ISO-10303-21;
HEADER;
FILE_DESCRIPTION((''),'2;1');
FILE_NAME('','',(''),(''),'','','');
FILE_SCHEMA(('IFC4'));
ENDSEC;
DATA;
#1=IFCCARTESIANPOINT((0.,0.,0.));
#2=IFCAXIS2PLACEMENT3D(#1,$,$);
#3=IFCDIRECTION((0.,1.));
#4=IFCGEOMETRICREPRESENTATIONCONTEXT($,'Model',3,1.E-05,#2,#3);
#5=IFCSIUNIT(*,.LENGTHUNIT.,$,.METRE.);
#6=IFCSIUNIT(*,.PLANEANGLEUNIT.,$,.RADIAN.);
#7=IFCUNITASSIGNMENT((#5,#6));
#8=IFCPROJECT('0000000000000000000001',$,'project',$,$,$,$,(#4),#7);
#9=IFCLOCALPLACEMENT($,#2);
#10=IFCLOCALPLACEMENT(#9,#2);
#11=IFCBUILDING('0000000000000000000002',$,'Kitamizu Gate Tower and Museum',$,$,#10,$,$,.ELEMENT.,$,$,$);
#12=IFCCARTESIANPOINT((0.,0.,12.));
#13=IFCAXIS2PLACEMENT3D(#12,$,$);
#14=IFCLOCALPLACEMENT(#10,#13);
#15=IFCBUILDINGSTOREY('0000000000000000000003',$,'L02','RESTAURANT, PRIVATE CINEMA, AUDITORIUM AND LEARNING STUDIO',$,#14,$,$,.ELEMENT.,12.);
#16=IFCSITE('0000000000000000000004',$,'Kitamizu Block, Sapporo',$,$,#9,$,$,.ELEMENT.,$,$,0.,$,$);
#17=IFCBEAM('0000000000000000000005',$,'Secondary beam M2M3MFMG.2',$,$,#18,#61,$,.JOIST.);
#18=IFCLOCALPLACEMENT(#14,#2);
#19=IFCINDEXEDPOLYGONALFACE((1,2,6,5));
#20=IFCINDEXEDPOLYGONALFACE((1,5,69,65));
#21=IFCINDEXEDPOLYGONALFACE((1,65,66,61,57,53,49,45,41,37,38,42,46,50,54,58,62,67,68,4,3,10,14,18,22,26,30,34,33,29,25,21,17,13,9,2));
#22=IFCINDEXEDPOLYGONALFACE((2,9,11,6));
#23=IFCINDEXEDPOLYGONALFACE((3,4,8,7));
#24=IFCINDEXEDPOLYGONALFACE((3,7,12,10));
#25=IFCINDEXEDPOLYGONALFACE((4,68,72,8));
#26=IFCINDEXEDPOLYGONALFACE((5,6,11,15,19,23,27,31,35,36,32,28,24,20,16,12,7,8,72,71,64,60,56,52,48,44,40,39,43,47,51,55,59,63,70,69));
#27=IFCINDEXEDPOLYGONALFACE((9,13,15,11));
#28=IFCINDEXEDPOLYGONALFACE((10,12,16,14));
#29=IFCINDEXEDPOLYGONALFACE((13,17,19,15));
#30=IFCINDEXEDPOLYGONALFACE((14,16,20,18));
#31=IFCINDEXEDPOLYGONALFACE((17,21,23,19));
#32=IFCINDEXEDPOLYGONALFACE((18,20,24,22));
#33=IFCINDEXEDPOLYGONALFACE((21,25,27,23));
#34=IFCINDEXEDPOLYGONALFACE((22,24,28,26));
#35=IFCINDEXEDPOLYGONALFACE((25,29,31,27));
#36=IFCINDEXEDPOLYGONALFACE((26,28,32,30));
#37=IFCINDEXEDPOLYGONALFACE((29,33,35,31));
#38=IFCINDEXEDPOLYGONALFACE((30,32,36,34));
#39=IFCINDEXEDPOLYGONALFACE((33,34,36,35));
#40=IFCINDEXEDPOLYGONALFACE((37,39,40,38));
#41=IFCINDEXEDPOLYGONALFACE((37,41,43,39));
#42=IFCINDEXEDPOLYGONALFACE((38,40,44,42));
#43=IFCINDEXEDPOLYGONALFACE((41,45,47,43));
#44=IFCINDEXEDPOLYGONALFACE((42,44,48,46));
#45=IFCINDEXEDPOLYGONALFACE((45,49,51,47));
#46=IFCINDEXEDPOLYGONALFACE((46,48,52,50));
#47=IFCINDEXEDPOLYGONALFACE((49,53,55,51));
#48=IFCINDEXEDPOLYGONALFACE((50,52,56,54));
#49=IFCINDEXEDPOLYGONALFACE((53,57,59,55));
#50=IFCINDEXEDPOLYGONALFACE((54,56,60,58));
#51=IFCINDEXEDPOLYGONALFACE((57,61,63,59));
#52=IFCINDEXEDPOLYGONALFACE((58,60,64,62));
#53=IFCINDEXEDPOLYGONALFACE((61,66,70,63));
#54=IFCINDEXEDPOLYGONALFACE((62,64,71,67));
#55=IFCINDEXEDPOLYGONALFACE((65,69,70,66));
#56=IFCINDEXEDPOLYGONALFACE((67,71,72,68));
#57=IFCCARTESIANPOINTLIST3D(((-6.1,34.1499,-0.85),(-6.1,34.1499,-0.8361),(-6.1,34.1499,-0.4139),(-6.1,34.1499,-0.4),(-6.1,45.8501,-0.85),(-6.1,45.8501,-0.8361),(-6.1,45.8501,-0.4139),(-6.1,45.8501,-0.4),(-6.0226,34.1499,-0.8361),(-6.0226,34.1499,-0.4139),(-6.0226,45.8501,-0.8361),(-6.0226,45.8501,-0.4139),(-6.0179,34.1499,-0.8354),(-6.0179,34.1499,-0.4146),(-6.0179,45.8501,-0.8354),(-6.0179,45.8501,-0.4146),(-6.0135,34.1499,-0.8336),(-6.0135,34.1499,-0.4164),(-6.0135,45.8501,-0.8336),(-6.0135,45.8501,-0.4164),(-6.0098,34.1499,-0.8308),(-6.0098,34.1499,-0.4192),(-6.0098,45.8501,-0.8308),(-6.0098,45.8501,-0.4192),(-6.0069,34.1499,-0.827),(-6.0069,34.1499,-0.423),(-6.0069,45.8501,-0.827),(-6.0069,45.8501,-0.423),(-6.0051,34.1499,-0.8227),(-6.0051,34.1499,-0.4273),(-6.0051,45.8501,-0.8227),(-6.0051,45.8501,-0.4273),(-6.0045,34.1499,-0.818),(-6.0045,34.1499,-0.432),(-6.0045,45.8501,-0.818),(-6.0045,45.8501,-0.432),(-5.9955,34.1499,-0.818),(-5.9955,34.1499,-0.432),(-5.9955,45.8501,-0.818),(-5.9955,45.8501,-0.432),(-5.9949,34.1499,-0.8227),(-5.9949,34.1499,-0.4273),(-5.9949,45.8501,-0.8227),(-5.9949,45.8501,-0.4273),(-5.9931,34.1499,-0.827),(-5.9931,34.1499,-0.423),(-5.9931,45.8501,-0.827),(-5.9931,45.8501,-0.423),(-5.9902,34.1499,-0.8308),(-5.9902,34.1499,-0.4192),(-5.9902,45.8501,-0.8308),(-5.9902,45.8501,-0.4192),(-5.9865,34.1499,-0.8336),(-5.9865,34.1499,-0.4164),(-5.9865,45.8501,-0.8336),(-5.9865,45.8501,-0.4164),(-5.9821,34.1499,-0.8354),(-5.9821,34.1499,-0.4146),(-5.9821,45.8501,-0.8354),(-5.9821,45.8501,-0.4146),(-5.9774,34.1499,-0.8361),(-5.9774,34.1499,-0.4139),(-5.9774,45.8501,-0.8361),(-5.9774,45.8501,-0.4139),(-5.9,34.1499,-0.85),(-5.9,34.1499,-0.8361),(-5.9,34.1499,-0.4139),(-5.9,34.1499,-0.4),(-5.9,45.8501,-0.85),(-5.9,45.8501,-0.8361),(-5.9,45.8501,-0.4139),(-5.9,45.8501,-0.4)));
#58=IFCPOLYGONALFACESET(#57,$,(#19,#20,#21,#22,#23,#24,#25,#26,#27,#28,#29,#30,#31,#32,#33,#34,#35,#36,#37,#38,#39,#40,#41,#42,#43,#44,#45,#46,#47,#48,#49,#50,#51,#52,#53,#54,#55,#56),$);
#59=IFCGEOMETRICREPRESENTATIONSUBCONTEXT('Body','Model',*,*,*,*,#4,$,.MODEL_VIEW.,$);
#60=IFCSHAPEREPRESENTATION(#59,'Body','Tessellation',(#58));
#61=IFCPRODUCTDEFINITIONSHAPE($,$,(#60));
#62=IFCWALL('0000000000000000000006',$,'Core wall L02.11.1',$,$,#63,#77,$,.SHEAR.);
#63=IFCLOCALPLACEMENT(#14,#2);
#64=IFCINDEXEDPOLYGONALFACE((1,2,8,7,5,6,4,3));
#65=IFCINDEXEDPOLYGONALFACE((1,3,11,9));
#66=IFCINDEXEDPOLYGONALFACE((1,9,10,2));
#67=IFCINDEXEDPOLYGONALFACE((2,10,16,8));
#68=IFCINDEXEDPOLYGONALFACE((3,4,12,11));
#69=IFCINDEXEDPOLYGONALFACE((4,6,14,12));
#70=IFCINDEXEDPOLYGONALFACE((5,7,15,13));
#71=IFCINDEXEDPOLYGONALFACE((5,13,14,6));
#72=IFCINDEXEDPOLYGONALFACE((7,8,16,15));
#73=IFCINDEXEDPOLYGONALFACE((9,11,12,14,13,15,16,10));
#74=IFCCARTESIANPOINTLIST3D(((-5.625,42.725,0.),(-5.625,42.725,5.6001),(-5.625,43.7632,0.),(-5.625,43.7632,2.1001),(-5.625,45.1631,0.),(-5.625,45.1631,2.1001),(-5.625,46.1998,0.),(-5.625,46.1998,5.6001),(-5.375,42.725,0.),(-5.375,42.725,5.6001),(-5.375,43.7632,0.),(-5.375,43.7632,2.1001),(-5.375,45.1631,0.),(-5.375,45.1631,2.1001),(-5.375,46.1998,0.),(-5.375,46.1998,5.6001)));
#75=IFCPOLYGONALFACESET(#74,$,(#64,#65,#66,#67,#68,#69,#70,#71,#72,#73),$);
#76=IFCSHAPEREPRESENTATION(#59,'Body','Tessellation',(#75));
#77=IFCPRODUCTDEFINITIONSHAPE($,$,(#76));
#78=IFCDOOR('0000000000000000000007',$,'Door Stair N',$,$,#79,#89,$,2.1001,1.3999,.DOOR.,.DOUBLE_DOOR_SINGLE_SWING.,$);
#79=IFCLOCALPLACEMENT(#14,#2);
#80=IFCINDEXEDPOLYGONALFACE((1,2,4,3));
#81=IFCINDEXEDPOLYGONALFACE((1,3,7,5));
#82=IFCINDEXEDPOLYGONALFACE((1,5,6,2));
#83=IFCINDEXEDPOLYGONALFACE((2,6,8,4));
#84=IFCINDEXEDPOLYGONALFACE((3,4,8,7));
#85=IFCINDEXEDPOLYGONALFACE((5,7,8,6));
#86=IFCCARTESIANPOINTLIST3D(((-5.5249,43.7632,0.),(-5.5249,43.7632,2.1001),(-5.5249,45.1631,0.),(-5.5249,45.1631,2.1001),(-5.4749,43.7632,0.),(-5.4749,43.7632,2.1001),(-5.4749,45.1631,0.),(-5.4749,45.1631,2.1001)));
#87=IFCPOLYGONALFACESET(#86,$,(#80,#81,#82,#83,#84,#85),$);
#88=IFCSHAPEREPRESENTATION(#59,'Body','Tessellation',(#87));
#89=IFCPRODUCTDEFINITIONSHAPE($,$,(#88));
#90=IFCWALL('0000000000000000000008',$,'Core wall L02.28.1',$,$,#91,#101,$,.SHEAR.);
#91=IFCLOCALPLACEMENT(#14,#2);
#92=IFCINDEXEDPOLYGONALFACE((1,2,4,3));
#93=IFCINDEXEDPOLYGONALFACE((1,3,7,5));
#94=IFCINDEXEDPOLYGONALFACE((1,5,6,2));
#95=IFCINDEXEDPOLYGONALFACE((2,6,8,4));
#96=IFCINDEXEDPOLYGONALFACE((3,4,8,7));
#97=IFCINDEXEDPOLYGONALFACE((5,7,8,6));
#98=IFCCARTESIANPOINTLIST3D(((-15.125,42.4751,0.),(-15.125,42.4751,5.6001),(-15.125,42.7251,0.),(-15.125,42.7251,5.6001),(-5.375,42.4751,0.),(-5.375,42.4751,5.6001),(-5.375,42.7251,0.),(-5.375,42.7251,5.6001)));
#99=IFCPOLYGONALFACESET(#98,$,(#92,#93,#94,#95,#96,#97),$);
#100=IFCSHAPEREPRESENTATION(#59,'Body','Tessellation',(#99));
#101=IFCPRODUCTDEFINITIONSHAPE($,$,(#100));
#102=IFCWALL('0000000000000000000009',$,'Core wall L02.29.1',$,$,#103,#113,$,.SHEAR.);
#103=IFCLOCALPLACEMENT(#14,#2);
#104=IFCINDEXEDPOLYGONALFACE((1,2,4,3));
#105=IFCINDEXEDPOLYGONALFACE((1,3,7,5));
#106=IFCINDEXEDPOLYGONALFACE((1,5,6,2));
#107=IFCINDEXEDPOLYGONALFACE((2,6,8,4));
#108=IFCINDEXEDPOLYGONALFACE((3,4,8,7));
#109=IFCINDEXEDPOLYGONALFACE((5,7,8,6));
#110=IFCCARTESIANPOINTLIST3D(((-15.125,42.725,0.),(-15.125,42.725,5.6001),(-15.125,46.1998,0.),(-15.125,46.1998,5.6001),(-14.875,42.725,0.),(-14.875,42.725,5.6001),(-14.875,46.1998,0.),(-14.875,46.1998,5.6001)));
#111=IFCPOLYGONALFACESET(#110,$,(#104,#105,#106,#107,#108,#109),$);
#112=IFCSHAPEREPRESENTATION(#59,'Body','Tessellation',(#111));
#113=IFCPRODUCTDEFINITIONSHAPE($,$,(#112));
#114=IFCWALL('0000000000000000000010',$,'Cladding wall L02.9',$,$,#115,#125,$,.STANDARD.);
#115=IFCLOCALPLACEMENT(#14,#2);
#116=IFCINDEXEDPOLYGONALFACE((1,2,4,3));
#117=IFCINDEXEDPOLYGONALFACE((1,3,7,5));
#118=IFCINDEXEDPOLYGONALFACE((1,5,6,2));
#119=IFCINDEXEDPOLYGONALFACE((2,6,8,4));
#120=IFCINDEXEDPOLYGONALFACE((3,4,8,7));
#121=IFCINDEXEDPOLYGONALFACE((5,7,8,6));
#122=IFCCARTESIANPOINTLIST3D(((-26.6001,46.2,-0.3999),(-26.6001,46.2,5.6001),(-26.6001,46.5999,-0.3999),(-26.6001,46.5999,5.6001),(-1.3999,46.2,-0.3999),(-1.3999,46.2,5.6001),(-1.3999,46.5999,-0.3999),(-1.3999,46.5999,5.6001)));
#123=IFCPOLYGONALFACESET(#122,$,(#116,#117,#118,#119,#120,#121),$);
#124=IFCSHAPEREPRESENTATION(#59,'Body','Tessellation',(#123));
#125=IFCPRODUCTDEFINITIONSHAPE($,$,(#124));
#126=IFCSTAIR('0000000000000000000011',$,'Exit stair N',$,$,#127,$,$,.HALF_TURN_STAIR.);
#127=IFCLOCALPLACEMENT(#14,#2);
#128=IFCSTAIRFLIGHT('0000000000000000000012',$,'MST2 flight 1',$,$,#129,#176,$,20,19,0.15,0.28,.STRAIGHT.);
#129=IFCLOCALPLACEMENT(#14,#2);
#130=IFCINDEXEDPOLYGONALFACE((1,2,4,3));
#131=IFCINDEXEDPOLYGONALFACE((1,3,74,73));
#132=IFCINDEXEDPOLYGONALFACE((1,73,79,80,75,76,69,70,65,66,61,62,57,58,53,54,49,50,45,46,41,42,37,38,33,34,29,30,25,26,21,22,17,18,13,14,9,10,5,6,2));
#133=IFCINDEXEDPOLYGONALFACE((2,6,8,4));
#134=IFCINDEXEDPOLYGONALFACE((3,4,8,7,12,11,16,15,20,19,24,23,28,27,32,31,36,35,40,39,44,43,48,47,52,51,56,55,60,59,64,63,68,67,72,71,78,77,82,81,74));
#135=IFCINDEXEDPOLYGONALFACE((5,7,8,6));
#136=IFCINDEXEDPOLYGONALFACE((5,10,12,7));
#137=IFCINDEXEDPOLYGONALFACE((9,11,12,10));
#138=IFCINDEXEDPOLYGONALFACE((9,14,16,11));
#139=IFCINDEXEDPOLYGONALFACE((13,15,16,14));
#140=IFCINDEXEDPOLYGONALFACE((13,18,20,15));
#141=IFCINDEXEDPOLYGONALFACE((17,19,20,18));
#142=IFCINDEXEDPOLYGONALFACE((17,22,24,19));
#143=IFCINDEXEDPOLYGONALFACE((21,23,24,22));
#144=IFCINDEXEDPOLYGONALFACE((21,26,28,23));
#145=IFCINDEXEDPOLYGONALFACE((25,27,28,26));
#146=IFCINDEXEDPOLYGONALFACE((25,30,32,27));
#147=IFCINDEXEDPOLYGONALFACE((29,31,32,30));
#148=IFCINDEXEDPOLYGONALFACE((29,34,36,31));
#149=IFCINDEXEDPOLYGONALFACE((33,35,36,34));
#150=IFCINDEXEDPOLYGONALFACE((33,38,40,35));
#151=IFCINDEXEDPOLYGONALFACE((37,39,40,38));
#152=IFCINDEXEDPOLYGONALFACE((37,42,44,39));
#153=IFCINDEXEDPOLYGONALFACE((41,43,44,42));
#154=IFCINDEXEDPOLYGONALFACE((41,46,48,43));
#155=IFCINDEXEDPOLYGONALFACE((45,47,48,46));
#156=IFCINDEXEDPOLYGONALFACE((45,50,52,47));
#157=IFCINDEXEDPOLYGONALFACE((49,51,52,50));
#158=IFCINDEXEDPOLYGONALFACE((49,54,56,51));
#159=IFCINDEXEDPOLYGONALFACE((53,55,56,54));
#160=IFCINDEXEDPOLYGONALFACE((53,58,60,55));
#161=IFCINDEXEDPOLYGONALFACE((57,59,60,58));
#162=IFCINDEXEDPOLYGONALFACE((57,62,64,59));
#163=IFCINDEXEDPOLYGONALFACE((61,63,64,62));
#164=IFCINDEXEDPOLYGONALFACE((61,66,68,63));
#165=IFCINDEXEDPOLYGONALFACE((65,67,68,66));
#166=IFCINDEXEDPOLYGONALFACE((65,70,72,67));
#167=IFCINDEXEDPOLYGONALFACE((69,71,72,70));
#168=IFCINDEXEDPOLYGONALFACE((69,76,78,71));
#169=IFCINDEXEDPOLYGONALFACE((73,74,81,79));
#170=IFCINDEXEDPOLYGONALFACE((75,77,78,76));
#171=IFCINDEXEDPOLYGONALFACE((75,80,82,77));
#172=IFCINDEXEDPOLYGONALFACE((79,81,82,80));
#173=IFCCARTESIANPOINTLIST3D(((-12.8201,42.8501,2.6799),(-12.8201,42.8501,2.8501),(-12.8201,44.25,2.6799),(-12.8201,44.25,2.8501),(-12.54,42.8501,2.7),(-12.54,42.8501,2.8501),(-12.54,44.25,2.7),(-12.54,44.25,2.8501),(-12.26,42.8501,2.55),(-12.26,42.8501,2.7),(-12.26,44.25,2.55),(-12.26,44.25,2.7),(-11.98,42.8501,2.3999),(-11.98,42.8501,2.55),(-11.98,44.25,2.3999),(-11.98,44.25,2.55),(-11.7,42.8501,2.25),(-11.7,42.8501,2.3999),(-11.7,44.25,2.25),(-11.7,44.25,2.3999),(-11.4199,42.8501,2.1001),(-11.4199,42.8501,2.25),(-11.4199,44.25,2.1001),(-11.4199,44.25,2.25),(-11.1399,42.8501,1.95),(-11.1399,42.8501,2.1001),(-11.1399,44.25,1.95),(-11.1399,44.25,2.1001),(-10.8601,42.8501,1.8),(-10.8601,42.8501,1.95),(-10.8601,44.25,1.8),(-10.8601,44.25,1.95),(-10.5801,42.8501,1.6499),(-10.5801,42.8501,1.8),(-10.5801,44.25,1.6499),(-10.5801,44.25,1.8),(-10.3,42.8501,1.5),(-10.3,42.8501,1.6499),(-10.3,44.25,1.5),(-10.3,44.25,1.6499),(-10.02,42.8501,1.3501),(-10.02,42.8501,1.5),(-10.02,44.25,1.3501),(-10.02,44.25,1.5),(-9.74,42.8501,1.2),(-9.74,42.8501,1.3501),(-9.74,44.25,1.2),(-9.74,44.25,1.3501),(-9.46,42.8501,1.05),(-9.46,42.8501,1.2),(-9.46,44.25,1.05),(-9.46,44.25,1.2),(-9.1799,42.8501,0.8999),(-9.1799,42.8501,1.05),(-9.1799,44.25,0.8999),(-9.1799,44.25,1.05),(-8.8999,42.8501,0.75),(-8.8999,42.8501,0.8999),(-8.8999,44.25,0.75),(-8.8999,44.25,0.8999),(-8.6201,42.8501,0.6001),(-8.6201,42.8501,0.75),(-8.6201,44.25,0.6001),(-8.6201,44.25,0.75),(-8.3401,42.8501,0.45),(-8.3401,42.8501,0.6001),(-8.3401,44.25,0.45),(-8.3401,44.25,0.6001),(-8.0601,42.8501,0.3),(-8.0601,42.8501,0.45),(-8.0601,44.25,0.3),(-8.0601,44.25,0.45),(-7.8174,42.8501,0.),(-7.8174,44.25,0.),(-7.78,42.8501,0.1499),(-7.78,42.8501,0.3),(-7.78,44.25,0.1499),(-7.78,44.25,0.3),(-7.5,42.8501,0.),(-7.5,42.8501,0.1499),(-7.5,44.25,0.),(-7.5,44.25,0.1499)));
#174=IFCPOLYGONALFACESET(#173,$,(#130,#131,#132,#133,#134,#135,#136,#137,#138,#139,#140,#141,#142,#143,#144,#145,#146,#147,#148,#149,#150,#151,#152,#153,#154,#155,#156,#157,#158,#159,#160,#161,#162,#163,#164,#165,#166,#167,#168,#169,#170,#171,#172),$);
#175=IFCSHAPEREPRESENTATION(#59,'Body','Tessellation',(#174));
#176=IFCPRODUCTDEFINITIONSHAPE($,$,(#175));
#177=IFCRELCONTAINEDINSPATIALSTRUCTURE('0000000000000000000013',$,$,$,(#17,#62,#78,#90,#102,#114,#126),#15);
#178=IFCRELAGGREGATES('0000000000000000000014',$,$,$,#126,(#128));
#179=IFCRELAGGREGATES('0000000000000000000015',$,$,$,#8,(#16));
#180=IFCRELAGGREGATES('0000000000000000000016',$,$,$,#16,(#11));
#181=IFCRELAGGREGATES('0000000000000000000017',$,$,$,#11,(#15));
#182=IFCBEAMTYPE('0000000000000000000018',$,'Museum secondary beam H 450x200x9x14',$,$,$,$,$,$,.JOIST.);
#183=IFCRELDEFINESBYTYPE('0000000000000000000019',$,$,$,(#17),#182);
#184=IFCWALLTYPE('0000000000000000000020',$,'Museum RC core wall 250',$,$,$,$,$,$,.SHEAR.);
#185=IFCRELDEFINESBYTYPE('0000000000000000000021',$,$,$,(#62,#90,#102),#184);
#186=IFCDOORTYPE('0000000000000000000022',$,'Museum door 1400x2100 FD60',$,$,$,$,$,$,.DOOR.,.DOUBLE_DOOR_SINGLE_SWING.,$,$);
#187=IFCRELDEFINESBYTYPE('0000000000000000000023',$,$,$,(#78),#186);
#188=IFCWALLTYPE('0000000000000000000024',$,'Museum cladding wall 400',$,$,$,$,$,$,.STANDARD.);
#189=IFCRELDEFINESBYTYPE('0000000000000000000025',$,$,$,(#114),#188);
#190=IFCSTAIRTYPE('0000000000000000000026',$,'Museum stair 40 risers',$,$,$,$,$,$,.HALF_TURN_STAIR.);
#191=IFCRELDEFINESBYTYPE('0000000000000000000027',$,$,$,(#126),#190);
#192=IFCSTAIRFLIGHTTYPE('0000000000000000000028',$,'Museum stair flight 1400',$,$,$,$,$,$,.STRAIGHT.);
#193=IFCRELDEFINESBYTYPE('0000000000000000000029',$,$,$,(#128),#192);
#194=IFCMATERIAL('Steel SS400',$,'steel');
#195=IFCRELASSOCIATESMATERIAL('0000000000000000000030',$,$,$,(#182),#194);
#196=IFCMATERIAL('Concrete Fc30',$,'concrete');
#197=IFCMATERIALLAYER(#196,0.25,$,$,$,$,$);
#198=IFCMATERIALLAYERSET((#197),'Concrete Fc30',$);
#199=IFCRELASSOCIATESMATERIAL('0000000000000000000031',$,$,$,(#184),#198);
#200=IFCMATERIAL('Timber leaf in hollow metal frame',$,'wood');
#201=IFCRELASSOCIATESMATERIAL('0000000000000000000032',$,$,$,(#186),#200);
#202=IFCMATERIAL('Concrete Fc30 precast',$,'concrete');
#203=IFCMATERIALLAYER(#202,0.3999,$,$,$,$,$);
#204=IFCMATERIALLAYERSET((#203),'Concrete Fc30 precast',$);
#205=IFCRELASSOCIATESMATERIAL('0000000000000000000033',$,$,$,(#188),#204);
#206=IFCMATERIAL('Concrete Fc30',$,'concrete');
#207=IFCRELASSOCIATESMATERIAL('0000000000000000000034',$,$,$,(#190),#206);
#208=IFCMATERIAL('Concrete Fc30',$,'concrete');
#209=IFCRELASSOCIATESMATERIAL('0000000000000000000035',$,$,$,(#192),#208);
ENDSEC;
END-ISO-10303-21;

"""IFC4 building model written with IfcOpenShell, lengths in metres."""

from ifc_helpers import new_model, si_unit, direction, frame, frame_2d, origin, origin_2d, place, context, subcontext, project, spatial, polyline, rectangle, i_section, outline, extrude, material, layer, layer_set, material_profile, profile_set, type_object, element, fill, aggregate, save


model = new_model("IFC4")

# Units and contexts
model_context = context("Model", 3, precision=1e-05, world=origin(), true_north=direction((0.0, 1.0)))
body_context = subcontext(model_context, "Body", "Model", "MODEL_VIEW")
ifc_project = project(units=[si_unit("LENGTHUNIT", "METRE"), si_unit("PLANEANGLEUNIT", "RADIAN")], contexts=[model_context])

# Site, building, storey
site_placement = place(None, origin())
site = spatial("IfcSite", under=ifc_project, at=site_placement, Name="Kitamizu Block, Sapporo", CompositionType="ELEMENT", RefElevation=0.0)
building_placement = place(site_placement, origin())
building = spatial("IfcBuilding", under=site, at=building_placement, Name="Kitamizu Gate Tower and Museum", CompositionType="ELEMENT")
storey_placement = place(building_placement, frame((0.0, 0.0, 12.0)))
storey = spatial("IfcBuildingStorey", under=building, at=storey_placement, Name="L02", Description="RESTAURANT, PRIVATE CINEMA, AUDITORIUM AND LEARNING STUDIO", CompositionType="ELEMENT", Elevation=12.0)

# Beam
ifc_material_1 = material(Name="Steel SS400", Category="steel")
ifc_material_profile_1 = material_profile(ifc_material_1, i_section(OverallWidth=0.2, OverallDepth=0.45, WebThickness=0.009, FlangeThickness=0.0139, FilletRadius=0.0181, at=origin_2d()), Name="H-450x200x9x14")
ifc_profile_set_1 = profile_set([ifc_material_profile_1], Name="Steel SS400")
beam_type_1 = type_object("IfcBeamType", Name="Museum secondary beam H 450x200x9x14", PredefinedType="JOIST", material=ifc_profile_set_1)
beam_1_placement = place(storey_placement, frame((-6.0, 34.1499, -0.625), z_axis=(0.0, 1.0, 0.0), x_axis=(-1.0, 0.0, 0.0)))
element("IfcBeam", 1, at=beam_1_placement, inside=storey, type_object=beam_type_1, Name="Secondary beam M2M3MFMG.2", PredefinedType="JOIST", context=body_context, shape_type="SweptSolid", body=[
    extrude(i_section(OverallWidth=0.2, OverallDepth=0.45, WebThickness=0.009, FlangeThickness=0.0139, FilletRadius=0.0181, at=origin_2d()), origin(), (0.0, 0.0, 1.0), 11.7002),
])

# Wall, opening, door
ifc_material_2 = material(Name="Concrete Fc30", Category="concrete")
ifc_layer_1 = layer(ifc_material_2, 0.25)
ifc_layer_set_1 = layer_set([ifc_layer_1], Name="Concrete Fc30")
wall_type_1 = type_object("IfcWallType", Name="Museum RC core wall 250", PredefinedType="SHEAR", material=ifc_layer_set_1)
wall_1_placement = place(storey_placement, frame((-5.5, 42.7251, 0.0), z_axis=(0.0, 0.0, 1.0), x_axis=(0.0, 1.0, 0.0)))
wall_1 = element("IfcWall", 2, at=wall_1_placement, inside=storey, type_object=wall_type_1, Name="Core wall L02.11.1", PredefinedType="SHEAR", context=body_context, shape_type="SweptSolid", body=[
    extrude(rectangle(XDim=3.4749, YDim=0.25, at=frame_2d((1.7373, 0.0))), origin(), (0.0, 0.0, 1.0), 5.6001),
])
opening_placement = place(wall_1_placement, frame((1.0381, 0.0, 0.0)))
opening = element("IfcOpeningElement", 3, at=opening_placement, cuts=wall_1, PredefinedType="OPENING", context=body_context, shape_type="SweptSolid", body=[
    extrude(rectangle(XDim=1.3999, YDim=2.1001, at=frame_2d((0.7, 1.05))), frame((0.0, 0.135, 0.0), z_axis=(0.0, -1.0, 0.0), x_axis=(1.0, 0.0, 0.0)), (0.0, 0.0, 1.0), 0.27),
])
ifc_material_3 = material(Name="Timber leaf in hollow metal frame", Category="wood")
door_type = type_object("IfcDoorType", Name="Museum door 1400x2100 FD60", OperationType="DOUBLE_DOOR_SINGLE_SWING", PredefinedType="DOOR", material=ifc_material_3)
door_placement = place(opening_placement, origin())
door = element("IfcDoor", 4, at=door_placement, inside=storey, type_object=door_type, Name="Door Stair N", OperationType="DOUBLE_DOOR_SINGLE_SWING", OverallHeight=2.1001, OverallWidth=1.3999, PredefinedType="DOOR", context=body_context, shape_type="SweptSolid", body=[
    extrude(rectangle(XDim=1.3999, YDim=2.1001, at=frame_2d((0.7, 1.05))), frame((0.0, 0.0249, 0.0), z_axis=(0.0, -1.0, 0.0), x_axis=(1.0, 0.0, 0.0)), (0.0, 0.0, 1.0), 0.05),
])
fill(opening, door)

# Walls
wall_2_placement = place(storey_placement, frame((-15.125, 42.6001, 0.0), z_axis=(0.0, 0.0, 1.0), x_axis=(1.0, 0.0, 0.0)))
element("IfcWall", 5, at=wall_2_placement, inside=storey, type_object=wall_type_1, Name="Core wall L02.28.1", PredefinedType="SHEAR", context=body_context, shape_type="SweptSolid", body=[
    extrude(rectangle(XDim=9.75, YDim=0.25, at=frame_2d((4.875, 0.0))), origin(), (0.0, 0.0, 1.0), 5.6001),
])
wall_3_placement = place(storey_placement, frame((-15.0, 42.7251, 0.0), z_axis=(0.0, 0.0, 1.0), x_axis=(0.0, 1.0, 0.0)))
element("IfcWall", 6, at=wall_3_placement, inside=storey, type_object=wall_type_1, Name="Core wall L02.29.1", PredefinedType="SHEAR", context=body_context, shape_type="SweptSolid", body=[
    extrude(rectangle(XDim=3.4749, YDim=0.25, at=frame_2d((1.7373, 0.0))), origin(), (0.0, 0.0, 1.0), 5.6001),
])
ifc_material_4 = material(Name="Concrete Fc30 precast", Category="concrete")
ifc_layer_2 = layer(ifc_material_4, 0.3999)
ifc_layer_set_2 = layer_set([ifc_layer_2], Name="Concrete Fc30 precast")
wall_type_2 = type_object("IfcWallType", Name="Museum cladding wall 400", PredefinedType="STANDARD", material=ifc_layer_set_2)
wall_4_placement = place(storey_placement, frame((-26.6001, 46.3999, -0.3999), z_axis=(0.0, 0.0, 1.0), x_axis=(1.0, 0.0, 0.0)))
element("IfcWall", 7, at=wall_4_placement, inside=storey, type_object=wall_type_2, Name="Cladding wall L02.9", PredefinedType="STANDARD", context=body_context, shape_type="SweptSolid", body=[
    extrude(rectangle(XDim=25.2002, YDim=0.3999, at=frame_2d((12.6001, 0.0))), origin(), (0.0, 0.0, 1.0), 6.0),
])

# Stair, stair flight
ifc_material_5 = material(Name="Concrete Fc30", Category="concrete")
stair_type = type_object("IfcStairType", Name="Museum stair 40 risers", PredefinedType="HALF_TURN_STAIR", material=ifc_material_5)
stair_placement = place(storey_placement, origin())
stair = element("IfcStair", 8, at=stair_placement, inside=storey, type_object=stair_type, Name="Exit stair N", PredefinedType="HALF_TURN_STAIR")
ifc_material_6 = material(Name="Concrete Fc30", Category="concrete")
stair_flight_type = type_object("IfcStairFlightType", Name="Museum stair flight 1400", PredefinedType="STRAIGHT", material=ifc_material_6)
stair_flight_1_placement = place(storey_placement, frame((-7.5, 43.55, 0.0), z_axis=(0.0, 0.0, 1.0), x_axis=(-1.0, 0.0, 0.0)))
stair_flight_1 = element("IfcStairFlight", 9, at=stair_flight_1_placement, type_object=stair_flight_type, Name="MST2 flight 1", NumberOfRisers=20, NumberOfTreads=19, PredefinedType="STRAIGHT", RiserHeight=0.15, TreadLength=0.28, context=body_context, shape_type="SweptSolid", body=[
    extrude(outline(polyline([(0.0, 0.0), (0.0, 0.1499), (0.28, 0.1499), (0.28, 0.3), (0.5601, 0.3), (0.5601, 0.45), (0.8401, 0.45), (0.8401, 0.6001), (1.1201, 0.6001), (1.1201, 0.75), (1.3999, 0.75), (1.3999, 0.8999), (1.6799, 0.8999), (1.6799, 1.05), (1.96, 1.05), (1.96, 1.2), (2.24, 1.2), (2.24, 1.3501), (2.52, 1.3501), (2.52, 1.5), (2.8, 1.5), (2.8, 1.6499), (3.0801, 1.6499), (3.0801, 1.8), (3.3601, 1.8), (3.3601, 1.95), (3.6399, 1.95), (3.6399, 2.1001), (3.9199, 2.1001), (3.9199, 2.25), (4.2, 2.25), (4.2, 2.3999), (4.48, 2.3999), (4.48, 2.55), (4.76, 2.55), (4.76, 2.7), (5.04, 2.7), (5.04, 2.8501), (5.3201, 2.8501), (5.3201, 3.0), (5.3201, 2.6799), (0.3174, 0.0), (0.0, 0.0)])), frame((0.0, 0.7, 0.0), z_axis=(0.0, -1.0, 0.0), x_axis=(1.0, 0.0, 0.0)), (0.0, 0.0, 1.0), 1.3999),
])
aggregate(stair, [stair_flight_1])

save(model, "model.ifc")
